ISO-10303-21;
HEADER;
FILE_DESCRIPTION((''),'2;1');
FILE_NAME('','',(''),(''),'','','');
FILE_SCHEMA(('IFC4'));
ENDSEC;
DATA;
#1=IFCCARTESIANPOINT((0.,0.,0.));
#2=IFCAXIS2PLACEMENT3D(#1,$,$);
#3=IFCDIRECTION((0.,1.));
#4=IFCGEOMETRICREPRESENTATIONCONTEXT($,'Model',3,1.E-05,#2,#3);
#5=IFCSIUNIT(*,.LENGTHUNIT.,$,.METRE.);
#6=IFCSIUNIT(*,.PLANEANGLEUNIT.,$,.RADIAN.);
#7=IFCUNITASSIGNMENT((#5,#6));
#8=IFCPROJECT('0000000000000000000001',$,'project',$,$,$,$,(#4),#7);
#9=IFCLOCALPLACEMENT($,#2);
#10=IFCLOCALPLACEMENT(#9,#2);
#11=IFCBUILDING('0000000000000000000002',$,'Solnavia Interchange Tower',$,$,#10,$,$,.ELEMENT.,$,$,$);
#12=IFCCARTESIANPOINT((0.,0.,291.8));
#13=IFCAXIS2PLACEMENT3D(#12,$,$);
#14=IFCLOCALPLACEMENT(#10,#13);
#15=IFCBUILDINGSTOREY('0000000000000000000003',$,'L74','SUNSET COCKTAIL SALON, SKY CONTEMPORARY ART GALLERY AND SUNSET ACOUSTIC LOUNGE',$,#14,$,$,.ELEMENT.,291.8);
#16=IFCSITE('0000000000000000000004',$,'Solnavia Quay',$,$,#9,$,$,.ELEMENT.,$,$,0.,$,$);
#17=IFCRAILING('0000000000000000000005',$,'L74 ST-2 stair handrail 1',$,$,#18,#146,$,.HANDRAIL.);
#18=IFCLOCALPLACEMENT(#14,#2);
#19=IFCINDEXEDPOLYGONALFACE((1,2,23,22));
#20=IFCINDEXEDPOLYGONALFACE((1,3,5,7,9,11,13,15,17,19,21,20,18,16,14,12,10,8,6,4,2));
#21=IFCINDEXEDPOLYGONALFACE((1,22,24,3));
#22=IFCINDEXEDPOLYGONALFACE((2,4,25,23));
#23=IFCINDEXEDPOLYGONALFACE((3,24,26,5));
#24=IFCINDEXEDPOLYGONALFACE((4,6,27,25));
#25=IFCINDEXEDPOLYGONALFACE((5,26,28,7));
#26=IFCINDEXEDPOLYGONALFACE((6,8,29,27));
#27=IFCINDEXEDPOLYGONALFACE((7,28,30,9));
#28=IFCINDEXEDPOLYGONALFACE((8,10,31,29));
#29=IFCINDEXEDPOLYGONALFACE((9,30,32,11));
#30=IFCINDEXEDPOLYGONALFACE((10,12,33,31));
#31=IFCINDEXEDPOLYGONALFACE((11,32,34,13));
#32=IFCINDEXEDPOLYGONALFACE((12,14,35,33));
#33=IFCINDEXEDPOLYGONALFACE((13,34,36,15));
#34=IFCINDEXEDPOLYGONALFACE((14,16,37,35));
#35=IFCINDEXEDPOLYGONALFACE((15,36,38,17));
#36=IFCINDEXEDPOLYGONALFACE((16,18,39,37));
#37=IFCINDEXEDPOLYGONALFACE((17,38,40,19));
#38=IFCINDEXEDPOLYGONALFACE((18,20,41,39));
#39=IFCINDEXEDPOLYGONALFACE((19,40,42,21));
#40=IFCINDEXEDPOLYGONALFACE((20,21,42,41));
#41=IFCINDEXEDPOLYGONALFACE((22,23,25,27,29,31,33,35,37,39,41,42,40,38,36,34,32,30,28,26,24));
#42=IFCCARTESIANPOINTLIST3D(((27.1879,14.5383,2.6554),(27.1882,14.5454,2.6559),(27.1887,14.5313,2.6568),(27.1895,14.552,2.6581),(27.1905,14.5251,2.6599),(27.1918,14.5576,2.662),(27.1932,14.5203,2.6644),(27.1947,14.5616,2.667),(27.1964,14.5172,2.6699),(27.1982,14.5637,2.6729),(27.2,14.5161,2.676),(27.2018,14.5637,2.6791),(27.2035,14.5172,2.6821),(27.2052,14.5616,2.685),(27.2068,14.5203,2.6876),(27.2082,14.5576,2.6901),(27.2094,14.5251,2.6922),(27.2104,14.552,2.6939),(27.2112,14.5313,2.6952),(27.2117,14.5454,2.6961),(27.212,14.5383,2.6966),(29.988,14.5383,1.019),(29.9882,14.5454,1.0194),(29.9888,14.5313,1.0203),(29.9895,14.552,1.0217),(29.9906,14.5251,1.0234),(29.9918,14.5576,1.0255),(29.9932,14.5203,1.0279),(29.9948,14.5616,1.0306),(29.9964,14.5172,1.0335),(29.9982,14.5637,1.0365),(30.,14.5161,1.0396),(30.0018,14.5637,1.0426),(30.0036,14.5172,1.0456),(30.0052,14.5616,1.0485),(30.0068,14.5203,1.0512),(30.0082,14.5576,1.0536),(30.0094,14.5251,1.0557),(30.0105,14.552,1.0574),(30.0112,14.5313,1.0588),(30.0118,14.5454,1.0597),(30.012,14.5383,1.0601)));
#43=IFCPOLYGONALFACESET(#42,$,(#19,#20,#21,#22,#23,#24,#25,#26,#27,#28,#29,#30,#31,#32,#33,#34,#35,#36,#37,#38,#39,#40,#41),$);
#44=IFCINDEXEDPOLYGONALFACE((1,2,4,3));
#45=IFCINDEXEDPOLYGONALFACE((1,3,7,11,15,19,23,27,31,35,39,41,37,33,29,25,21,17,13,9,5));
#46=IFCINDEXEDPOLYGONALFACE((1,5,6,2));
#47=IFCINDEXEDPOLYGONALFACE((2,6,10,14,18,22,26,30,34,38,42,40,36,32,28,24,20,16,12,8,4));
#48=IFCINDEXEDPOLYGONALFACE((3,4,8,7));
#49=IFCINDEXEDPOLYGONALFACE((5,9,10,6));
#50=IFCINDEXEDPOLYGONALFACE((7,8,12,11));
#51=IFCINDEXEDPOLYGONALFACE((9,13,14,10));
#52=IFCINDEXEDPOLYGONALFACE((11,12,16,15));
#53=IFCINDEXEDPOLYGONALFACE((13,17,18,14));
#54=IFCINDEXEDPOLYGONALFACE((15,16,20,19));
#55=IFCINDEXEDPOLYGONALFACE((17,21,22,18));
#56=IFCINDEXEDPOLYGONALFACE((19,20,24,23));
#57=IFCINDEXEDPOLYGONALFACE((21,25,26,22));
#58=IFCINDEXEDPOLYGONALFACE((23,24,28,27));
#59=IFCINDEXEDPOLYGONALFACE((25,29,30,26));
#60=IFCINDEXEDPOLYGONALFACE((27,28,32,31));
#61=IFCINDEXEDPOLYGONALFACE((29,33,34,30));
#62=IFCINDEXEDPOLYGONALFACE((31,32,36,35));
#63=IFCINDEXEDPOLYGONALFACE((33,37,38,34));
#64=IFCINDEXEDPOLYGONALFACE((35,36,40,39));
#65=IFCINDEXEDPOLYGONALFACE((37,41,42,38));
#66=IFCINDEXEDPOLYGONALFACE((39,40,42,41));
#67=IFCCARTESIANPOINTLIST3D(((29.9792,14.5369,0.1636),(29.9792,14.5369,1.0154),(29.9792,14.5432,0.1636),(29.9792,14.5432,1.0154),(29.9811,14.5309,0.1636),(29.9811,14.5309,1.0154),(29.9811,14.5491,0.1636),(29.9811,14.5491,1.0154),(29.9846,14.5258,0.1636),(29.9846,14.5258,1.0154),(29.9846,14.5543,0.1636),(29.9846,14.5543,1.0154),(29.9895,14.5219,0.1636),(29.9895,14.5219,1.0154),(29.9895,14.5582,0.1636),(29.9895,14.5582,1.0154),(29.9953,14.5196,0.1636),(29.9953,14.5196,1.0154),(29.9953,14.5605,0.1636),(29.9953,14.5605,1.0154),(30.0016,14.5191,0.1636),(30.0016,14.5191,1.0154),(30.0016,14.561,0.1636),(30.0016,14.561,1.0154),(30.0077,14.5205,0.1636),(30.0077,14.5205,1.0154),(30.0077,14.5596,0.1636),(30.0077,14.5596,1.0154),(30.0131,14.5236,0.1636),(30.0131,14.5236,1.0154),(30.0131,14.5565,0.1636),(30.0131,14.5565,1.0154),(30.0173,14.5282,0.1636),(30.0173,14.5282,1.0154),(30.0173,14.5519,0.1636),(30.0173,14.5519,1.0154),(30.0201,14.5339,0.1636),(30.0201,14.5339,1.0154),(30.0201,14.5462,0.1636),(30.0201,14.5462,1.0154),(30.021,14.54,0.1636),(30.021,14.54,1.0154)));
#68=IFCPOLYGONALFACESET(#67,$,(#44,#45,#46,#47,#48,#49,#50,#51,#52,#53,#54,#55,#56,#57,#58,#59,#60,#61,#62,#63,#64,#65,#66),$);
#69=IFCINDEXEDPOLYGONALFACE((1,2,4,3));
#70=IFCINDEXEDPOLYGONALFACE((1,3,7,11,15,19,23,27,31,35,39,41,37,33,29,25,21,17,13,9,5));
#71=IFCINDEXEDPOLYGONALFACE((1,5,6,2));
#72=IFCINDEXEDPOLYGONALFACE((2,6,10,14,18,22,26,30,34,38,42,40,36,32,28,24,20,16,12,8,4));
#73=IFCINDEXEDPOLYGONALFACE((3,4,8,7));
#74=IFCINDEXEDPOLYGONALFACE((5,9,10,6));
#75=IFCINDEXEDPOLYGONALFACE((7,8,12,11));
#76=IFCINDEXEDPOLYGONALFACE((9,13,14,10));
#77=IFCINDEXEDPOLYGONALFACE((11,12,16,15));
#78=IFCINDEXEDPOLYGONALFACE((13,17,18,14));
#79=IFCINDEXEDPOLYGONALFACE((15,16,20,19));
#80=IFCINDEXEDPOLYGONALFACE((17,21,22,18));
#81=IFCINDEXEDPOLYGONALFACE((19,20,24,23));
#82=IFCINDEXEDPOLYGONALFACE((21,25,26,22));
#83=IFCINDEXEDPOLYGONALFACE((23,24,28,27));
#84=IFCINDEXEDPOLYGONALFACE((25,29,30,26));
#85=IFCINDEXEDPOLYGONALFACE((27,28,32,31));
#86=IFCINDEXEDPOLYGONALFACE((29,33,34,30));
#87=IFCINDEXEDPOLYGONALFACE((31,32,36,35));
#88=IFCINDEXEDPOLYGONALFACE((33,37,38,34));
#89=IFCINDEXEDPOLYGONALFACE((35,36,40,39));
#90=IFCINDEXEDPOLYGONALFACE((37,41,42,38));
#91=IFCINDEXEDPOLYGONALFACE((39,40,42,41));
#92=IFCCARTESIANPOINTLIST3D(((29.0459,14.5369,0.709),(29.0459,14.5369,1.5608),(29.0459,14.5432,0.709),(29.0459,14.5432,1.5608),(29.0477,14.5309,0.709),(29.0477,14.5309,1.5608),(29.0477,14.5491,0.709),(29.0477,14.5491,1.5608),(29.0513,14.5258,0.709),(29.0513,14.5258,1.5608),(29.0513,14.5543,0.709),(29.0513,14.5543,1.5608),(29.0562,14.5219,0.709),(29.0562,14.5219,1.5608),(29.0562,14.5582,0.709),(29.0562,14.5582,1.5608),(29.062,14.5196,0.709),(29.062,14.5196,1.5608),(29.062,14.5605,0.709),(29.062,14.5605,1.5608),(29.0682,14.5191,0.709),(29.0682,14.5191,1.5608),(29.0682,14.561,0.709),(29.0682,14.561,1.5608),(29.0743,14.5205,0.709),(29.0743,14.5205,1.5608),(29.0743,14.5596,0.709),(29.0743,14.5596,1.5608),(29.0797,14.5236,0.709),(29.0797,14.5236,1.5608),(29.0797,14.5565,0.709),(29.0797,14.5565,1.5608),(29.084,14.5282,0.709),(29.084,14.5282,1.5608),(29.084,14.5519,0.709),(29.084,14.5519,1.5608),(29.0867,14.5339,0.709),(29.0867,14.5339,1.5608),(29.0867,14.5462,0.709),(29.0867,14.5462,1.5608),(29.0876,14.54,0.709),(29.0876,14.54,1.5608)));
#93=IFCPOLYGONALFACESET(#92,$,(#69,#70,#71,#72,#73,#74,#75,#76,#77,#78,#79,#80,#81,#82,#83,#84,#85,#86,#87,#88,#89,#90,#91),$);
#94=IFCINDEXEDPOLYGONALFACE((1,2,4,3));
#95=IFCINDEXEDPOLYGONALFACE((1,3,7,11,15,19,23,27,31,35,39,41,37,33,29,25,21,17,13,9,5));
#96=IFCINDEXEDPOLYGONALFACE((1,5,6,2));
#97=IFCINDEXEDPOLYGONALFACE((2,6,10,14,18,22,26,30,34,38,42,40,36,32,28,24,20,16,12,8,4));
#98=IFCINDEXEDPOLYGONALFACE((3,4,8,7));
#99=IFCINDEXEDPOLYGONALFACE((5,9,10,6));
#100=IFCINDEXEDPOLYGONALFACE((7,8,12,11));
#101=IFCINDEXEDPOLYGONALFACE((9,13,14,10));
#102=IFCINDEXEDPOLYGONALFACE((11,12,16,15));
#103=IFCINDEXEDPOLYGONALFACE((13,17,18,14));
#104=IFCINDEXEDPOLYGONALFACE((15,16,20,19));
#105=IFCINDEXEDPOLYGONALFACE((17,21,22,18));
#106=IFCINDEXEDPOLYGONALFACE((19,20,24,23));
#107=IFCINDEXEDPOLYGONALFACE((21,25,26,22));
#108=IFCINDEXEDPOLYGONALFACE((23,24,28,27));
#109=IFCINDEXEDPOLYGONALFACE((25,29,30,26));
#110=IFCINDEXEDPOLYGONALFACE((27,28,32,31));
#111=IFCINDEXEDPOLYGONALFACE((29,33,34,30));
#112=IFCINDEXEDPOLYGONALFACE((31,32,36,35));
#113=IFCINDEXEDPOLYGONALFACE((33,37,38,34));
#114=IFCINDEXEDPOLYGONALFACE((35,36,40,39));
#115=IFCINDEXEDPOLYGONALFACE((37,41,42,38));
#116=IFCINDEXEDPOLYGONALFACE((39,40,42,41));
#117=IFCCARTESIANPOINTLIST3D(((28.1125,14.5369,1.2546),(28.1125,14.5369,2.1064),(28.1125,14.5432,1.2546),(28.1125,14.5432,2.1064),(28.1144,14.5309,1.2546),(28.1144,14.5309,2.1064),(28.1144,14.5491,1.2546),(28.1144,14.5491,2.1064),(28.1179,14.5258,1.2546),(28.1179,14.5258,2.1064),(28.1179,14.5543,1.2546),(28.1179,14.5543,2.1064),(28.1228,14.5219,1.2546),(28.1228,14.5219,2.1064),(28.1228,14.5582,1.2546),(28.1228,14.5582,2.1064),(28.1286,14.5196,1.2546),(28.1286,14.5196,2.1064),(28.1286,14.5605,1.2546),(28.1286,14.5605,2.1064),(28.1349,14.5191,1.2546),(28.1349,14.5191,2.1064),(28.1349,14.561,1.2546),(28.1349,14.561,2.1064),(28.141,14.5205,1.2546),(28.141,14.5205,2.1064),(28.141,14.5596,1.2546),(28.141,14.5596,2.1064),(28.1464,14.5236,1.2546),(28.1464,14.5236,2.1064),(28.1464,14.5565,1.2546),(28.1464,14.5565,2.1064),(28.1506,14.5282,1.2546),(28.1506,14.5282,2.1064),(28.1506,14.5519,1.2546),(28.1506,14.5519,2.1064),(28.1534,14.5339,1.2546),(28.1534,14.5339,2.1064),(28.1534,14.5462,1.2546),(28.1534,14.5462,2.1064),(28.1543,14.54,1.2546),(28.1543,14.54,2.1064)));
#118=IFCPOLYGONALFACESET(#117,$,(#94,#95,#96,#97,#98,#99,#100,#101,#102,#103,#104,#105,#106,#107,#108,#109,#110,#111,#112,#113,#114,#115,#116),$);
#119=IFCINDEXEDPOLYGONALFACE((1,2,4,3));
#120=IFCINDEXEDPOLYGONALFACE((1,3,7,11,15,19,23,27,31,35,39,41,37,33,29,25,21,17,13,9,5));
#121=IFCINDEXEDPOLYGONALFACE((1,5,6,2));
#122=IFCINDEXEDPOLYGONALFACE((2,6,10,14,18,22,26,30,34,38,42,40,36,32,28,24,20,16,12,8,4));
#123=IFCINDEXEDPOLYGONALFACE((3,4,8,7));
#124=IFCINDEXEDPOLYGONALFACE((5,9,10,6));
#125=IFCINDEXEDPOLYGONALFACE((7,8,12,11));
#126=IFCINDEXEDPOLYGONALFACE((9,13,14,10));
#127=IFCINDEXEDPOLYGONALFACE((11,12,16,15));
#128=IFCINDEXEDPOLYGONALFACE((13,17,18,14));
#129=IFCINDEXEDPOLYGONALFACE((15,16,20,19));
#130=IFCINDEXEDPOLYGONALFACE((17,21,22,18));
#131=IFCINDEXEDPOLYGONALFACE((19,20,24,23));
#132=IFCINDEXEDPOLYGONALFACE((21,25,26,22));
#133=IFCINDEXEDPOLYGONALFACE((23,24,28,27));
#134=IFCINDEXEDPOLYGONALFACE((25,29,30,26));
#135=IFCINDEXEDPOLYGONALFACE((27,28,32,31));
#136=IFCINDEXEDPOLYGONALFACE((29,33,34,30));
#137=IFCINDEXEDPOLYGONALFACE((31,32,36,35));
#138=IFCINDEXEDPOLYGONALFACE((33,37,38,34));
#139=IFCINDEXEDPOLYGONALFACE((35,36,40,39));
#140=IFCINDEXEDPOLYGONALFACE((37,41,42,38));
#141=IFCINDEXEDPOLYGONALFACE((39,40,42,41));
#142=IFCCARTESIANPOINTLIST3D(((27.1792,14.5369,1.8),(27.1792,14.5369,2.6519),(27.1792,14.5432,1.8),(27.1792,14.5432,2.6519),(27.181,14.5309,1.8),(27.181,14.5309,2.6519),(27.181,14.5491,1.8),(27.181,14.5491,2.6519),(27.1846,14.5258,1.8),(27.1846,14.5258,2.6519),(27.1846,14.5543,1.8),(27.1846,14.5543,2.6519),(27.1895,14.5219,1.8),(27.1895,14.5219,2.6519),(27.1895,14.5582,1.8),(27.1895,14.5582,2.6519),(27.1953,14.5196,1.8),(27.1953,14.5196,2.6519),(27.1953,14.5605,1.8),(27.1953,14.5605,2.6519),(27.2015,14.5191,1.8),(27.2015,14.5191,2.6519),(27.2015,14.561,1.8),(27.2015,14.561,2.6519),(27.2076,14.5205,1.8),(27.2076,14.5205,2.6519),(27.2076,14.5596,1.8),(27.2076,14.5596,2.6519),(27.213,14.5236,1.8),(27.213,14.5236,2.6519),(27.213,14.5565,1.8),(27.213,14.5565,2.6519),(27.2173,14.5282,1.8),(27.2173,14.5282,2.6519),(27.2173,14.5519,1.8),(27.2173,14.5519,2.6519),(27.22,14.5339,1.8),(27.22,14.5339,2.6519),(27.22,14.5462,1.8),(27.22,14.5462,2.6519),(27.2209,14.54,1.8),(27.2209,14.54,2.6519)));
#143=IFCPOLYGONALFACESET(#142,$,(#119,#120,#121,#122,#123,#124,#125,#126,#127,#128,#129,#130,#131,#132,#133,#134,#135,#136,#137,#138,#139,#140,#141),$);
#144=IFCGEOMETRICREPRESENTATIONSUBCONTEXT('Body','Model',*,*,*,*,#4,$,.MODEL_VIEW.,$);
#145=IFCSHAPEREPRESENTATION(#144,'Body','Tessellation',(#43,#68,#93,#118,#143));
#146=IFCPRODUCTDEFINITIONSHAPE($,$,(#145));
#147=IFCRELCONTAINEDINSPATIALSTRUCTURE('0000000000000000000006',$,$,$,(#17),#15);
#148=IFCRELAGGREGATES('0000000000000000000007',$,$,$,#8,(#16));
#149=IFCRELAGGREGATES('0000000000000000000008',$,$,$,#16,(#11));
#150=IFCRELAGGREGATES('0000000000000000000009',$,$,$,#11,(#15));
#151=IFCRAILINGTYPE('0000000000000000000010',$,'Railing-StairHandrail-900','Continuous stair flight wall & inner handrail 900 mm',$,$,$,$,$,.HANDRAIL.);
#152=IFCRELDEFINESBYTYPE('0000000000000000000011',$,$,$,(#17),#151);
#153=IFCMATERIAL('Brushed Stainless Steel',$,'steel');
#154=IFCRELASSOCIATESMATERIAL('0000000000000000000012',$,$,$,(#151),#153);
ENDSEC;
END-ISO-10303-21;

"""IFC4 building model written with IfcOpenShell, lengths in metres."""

from ifc_helpers import new_model, si_unit, direction, frame, origin, origin_2d, place, context, subcontext, project, spatial, circle, extrude, material, type_object, element, save


model = new_model("IFC4")

# Units and contexts
model_context = context("Model", 3, precision=1e-05, world=origin(), true_north=direction((0.0, 1.0)))
body_context = subcontext(model_context, "Body", "Model", "MODEL_VIEW")
ifc_project = project(units=[si_unit("LENGTHUNIT", "METRE"), si_unit("PLANEANGLEUNIT", "RADIAN")], contexts=[model_context])

# Site, building, storey
site_placement = place(None, origin())
site = spatial("IfcSite", under=ifc_project, at=site_placement, Name="Solnavia Quay", CompositionType="ELEMENT", RefElevation=0.0)
building_placement = place(site_placement, origin())
building = spatial("IfcBuilding", under=site, at=building_placement, Name="Solnavia Interchange Tower", CompositionType="ELEMENT")
storey_placement = place(building_placement, frame((0.0, 0.0, 291.8)))
storey = spatial("IfcBuildingStorey", under=building, at=storey_placement, Name="L74", Description="SUNSET COCKTAIL SALON, SKY CONTEMPORARY ART GALLERY AND SUNSET ACOUSTIC LOUNGE", CompositionType="ELEMENT", Elevation=291.8)

# Railing
ifc_material_1 = material(Name="Brushed Stainless Steel", Category="steel")
railing_type_1 = type_object("IfcRailingType", Name="Railing-StairHandrail-900", Description="Continuous stair flight wall & inner handrail 900 mm", PredefinedType="HANDRAIL", material=ifc_material_1)
railing_1_placement = place(storey_placement, frame((30.0, 14.54, 0.1636)))
element("IfcRailing", 1, at=railing_1_placement, inside=storey, type_object=railing_type_1, Name="L74 ST-2 stair handrail 1", PredefinedType="HANDRAIL", context=body_context, shape_type="SweptSolid", body=[
    extrude(circle(Radius=0.0239, at=origin_2d()), frame((0.0, 0.0, 0.876), z_axis=(-0.863361, 0.0, 0.504587), x_axis=(0.0, -1.0, 0.0)), (0.0, 0.0, 1.0), 3.2432),
    extrude(circle(Radius=0.021, at=origin_2d()), origin(), (0.0, 0.0, 1.0), 0.8518),
    extrude(circle(Radius=0.021, at=origin_2d()), frame((-0.9333, 0.0, 0.5454)), (0.0, 0.0, 1.0), 0.8518),
    extrude(circle(Radius=0.021, at=origin_2d()), frame((-1.8667, 0.0, 1.0911)), (0.0, 0.0, 1.0), 0.8518),
    extrude(circle(Radius=0.021, at=origin_2d()), frame((-2.8, 0.0, 1.6365)), (0.0, 0.0, 1.0), 0.8518),
])

save(model, "model.ifc")
